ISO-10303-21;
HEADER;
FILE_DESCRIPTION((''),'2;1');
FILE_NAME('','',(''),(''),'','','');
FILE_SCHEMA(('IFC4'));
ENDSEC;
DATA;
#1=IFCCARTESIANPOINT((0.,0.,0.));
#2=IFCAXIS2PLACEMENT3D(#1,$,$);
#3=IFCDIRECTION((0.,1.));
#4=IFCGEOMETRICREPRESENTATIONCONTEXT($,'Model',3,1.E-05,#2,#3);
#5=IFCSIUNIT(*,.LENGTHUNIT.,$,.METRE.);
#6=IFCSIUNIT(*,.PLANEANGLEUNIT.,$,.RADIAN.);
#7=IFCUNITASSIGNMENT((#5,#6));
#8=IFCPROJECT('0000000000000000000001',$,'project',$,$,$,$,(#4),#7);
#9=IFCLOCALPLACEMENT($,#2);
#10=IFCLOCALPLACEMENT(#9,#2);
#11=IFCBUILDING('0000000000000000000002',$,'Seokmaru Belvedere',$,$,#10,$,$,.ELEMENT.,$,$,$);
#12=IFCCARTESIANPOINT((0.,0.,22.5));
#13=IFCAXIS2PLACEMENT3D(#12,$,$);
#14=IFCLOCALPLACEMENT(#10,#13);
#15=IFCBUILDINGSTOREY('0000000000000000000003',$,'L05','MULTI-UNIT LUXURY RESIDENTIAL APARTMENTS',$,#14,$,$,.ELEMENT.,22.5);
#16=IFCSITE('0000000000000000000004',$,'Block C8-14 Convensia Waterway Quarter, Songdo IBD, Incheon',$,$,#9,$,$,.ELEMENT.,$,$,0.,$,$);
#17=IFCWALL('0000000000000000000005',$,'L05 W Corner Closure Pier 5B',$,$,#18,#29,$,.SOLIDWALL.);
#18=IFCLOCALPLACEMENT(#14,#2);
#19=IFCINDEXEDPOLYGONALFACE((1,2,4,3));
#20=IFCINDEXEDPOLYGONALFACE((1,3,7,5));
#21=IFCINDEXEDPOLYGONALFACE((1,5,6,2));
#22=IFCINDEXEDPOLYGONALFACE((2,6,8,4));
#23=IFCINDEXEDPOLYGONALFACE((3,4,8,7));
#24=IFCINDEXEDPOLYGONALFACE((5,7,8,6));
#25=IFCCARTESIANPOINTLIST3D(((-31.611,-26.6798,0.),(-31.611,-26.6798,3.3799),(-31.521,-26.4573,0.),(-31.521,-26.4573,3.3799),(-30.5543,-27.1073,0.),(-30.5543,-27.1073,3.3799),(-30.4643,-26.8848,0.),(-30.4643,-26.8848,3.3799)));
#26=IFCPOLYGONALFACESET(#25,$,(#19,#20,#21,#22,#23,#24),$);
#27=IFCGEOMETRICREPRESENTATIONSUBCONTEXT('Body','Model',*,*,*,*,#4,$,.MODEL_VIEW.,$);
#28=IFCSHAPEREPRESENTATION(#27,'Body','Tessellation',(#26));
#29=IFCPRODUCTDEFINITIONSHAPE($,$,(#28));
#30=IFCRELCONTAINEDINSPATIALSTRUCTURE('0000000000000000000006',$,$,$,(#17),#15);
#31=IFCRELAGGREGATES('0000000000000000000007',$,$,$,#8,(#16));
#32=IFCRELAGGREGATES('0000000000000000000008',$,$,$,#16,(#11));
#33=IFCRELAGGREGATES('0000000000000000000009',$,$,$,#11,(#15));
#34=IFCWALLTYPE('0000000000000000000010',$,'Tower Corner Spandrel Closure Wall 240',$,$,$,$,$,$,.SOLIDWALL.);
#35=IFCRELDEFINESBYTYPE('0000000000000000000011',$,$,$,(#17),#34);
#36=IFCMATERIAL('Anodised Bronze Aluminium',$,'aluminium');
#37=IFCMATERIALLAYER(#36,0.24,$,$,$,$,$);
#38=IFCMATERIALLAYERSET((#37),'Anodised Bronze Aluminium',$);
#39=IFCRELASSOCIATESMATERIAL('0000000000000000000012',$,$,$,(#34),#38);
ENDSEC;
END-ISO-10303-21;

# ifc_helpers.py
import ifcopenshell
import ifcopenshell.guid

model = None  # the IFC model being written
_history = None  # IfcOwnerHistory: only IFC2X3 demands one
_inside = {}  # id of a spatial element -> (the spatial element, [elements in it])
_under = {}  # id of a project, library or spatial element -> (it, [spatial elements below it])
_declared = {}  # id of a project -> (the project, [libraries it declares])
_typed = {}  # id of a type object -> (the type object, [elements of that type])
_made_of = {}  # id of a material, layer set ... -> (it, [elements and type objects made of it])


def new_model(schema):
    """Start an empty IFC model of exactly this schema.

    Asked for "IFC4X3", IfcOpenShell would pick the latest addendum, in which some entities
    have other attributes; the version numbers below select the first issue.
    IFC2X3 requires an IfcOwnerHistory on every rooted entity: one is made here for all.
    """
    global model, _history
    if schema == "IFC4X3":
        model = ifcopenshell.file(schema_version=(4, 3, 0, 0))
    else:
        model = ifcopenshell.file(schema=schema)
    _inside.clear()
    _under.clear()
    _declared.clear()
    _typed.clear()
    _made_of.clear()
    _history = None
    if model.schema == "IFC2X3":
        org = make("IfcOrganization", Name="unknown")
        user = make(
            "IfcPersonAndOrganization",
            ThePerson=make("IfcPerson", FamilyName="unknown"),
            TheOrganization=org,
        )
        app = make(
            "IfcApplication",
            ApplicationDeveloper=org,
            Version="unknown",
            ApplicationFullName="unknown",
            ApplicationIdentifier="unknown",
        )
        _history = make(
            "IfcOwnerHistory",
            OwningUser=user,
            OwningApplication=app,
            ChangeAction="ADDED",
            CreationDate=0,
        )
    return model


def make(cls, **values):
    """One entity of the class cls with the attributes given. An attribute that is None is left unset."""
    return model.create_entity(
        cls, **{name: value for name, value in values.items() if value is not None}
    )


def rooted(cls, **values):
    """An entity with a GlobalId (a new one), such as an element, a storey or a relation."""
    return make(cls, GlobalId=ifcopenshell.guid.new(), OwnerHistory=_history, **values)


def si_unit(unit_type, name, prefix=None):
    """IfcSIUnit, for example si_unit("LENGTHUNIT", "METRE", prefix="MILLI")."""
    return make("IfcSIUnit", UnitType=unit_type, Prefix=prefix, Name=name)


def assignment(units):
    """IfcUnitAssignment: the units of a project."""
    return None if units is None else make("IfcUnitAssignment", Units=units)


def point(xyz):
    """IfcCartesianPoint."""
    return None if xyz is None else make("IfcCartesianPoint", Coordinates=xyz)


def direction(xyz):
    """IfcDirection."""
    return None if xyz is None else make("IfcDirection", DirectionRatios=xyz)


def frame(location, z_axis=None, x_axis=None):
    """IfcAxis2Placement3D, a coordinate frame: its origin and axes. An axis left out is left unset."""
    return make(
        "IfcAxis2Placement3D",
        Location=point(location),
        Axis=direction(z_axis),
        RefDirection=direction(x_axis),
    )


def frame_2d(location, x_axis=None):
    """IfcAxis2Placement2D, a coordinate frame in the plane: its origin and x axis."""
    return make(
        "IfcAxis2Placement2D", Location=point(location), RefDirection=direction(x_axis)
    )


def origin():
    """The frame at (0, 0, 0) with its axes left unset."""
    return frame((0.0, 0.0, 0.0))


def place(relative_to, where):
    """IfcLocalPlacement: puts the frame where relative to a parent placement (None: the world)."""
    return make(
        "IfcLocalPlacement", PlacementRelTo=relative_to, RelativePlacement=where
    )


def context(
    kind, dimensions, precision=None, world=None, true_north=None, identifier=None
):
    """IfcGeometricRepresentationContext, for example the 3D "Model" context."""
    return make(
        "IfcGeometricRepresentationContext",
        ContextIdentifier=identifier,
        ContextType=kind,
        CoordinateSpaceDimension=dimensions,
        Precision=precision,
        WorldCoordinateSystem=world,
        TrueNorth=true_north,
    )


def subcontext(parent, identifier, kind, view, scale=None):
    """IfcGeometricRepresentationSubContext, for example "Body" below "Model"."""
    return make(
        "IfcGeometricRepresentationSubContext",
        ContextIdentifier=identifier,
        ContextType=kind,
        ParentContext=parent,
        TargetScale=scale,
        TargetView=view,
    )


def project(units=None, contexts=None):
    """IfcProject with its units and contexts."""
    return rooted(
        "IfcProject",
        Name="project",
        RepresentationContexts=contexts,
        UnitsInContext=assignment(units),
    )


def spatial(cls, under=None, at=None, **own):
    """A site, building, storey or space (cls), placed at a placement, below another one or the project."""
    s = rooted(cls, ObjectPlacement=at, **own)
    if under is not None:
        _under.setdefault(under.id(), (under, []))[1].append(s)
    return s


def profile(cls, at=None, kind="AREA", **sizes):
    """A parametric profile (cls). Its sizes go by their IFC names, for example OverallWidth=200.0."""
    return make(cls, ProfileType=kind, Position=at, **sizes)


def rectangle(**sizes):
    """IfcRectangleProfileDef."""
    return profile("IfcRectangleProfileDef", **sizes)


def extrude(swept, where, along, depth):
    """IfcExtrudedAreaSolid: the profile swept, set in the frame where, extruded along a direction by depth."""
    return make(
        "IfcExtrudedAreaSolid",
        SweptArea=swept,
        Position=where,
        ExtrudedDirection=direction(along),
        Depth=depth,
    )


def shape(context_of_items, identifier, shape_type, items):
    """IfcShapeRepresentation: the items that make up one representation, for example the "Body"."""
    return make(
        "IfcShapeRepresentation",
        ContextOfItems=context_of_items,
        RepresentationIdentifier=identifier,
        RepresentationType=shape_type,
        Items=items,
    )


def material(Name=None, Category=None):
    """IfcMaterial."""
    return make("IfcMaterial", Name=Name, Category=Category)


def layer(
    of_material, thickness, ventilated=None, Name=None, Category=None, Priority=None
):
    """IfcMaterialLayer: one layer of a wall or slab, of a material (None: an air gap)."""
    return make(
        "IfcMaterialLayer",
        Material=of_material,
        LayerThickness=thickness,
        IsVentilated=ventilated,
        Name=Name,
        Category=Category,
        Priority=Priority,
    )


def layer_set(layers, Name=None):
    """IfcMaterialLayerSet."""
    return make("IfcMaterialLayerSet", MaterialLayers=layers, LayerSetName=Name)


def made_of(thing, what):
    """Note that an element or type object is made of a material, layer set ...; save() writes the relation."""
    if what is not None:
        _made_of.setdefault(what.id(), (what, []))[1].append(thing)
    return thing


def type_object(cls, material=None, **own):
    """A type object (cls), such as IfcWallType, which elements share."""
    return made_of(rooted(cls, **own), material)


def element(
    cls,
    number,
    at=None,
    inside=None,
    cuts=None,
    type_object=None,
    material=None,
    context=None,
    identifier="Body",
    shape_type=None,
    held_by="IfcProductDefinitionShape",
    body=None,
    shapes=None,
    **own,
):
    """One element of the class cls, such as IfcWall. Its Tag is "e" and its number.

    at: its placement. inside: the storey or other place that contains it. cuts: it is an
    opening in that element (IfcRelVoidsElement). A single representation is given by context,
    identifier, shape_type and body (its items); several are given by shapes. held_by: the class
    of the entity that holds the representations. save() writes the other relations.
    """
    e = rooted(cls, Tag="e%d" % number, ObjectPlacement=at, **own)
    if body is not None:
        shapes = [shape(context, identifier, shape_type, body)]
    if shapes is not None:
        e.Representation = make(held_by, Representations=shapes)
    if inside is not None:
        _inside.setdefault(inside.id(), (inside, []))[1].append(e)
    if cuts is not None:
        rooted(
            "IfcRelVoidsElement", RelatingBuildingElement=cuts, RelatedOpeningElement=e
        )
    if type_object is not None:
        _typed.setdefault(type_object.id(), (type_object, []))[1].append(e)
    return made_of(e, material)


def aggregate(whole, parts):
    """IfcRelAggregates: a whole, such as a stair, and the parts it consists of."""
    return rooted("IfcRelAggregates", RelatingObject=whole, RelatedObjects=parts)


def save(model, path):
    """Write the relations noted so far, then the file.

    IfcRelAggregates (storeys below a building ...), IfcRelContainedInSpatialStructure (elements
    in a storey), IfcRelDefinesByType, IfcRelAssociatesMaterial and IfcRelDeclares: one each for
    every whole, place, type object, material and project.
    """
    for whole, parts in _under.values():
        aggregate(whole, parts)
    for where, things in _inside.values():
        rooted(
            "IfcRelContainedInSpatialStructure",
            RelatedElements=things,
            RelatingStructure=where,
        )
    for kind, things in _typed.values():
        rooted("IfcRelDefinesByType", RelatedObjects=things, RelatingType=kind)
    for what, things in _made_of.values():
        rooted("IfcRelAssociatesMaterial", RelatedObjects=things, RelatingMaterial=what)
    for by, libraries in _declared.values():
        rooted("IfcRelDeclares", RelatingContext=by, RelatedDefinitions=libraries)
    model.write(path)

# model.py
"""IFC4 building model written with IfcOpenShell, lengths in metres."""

from ifc_helpers import new_model, si_unit, direction, frame, frame_2d, origin, place, context, subcontext, project, spatial, rectangle, extrude, material, layer, layer_set, type_object, element, save


model = new_model("IFC4")

# Units and contexts
model_context = context("Model", 3, precision=1e-05, world=origin(), true_north=direction((0.0, 1.0)))
body_context = subcontext(model_context, "Body", "Model", "MODEL_VIEW")
ifc_project = project(units=[si_unit("LENGTHUNIT", "METRE"), si_unit("PLANEANGLEUNIT", "RADIAN")], contexts=[model_context])

# Site, building, storey
site_placement = place(None, origin())
site = spatial("IfcSite", under=ifc_project, at=site_placement, Name="Block C8-14 Convensia Waterway Quarter, Songdo IBD, Incheon", CompositionType="ELEMENT", RefElevation=0.0)
building_placement = place(site_placement, origin())
building = spatial("IfcBuilding", under=site, at=building_placement, Name="Seokmaru Belvedere", CompositionType="ELEMENT")
storey_placement = place(building_placement, frame((0.0, 0.0, 22.5)))
storey = spatial("IfcBuildingStorey", under=building, at=storey_placement, Name="L05", Description="MULTI-UNIT LUXURY RESIDENTIAL APARTMENTS", CompositionType="ELEMENT", Elevation=22.5)

# Shared definitions
ifc_material_1 = material(Name="Anodised Bronze Aluminium", Category="aluminium")

# Wall
ifc_layer_1 = layer(ifc_material_1, 0.24)
ifc_layer_set_1 = layer_set([ifc_layer_1], Name="Anodised Bronze Aluminium")
wall_type_1 = type_object("IfcWallType", Name="Tower Corner Spandrel Closure Wall 240", PredefinedType="SOLIDWALL", material=ifc_layer_set_1)
wall_1_placement = place(storey_placement, frame((-31.5659, -26.5686, 0.0), z_axis=(0.0, 0.0, 1.0), x_axis=(0.927007, -0.375044, 0.0)))
element("IfcWall", 1, at=wall_1_placement, inside=storey, type_object=wall_type_1, Name="L05 W Corner Closure Pier 5B", PredefinedType="SOLIDWALL", context=body_context, shape_type="SweptSolid", body=[
    extrude(rectangle(XDim=1.1399, YDim=0.24, at=frame_2d((0.5698, 0.0))), origin(), (0.0, 0.0, 1.0), 3.3799),
])

save(model, "model.ifc")
